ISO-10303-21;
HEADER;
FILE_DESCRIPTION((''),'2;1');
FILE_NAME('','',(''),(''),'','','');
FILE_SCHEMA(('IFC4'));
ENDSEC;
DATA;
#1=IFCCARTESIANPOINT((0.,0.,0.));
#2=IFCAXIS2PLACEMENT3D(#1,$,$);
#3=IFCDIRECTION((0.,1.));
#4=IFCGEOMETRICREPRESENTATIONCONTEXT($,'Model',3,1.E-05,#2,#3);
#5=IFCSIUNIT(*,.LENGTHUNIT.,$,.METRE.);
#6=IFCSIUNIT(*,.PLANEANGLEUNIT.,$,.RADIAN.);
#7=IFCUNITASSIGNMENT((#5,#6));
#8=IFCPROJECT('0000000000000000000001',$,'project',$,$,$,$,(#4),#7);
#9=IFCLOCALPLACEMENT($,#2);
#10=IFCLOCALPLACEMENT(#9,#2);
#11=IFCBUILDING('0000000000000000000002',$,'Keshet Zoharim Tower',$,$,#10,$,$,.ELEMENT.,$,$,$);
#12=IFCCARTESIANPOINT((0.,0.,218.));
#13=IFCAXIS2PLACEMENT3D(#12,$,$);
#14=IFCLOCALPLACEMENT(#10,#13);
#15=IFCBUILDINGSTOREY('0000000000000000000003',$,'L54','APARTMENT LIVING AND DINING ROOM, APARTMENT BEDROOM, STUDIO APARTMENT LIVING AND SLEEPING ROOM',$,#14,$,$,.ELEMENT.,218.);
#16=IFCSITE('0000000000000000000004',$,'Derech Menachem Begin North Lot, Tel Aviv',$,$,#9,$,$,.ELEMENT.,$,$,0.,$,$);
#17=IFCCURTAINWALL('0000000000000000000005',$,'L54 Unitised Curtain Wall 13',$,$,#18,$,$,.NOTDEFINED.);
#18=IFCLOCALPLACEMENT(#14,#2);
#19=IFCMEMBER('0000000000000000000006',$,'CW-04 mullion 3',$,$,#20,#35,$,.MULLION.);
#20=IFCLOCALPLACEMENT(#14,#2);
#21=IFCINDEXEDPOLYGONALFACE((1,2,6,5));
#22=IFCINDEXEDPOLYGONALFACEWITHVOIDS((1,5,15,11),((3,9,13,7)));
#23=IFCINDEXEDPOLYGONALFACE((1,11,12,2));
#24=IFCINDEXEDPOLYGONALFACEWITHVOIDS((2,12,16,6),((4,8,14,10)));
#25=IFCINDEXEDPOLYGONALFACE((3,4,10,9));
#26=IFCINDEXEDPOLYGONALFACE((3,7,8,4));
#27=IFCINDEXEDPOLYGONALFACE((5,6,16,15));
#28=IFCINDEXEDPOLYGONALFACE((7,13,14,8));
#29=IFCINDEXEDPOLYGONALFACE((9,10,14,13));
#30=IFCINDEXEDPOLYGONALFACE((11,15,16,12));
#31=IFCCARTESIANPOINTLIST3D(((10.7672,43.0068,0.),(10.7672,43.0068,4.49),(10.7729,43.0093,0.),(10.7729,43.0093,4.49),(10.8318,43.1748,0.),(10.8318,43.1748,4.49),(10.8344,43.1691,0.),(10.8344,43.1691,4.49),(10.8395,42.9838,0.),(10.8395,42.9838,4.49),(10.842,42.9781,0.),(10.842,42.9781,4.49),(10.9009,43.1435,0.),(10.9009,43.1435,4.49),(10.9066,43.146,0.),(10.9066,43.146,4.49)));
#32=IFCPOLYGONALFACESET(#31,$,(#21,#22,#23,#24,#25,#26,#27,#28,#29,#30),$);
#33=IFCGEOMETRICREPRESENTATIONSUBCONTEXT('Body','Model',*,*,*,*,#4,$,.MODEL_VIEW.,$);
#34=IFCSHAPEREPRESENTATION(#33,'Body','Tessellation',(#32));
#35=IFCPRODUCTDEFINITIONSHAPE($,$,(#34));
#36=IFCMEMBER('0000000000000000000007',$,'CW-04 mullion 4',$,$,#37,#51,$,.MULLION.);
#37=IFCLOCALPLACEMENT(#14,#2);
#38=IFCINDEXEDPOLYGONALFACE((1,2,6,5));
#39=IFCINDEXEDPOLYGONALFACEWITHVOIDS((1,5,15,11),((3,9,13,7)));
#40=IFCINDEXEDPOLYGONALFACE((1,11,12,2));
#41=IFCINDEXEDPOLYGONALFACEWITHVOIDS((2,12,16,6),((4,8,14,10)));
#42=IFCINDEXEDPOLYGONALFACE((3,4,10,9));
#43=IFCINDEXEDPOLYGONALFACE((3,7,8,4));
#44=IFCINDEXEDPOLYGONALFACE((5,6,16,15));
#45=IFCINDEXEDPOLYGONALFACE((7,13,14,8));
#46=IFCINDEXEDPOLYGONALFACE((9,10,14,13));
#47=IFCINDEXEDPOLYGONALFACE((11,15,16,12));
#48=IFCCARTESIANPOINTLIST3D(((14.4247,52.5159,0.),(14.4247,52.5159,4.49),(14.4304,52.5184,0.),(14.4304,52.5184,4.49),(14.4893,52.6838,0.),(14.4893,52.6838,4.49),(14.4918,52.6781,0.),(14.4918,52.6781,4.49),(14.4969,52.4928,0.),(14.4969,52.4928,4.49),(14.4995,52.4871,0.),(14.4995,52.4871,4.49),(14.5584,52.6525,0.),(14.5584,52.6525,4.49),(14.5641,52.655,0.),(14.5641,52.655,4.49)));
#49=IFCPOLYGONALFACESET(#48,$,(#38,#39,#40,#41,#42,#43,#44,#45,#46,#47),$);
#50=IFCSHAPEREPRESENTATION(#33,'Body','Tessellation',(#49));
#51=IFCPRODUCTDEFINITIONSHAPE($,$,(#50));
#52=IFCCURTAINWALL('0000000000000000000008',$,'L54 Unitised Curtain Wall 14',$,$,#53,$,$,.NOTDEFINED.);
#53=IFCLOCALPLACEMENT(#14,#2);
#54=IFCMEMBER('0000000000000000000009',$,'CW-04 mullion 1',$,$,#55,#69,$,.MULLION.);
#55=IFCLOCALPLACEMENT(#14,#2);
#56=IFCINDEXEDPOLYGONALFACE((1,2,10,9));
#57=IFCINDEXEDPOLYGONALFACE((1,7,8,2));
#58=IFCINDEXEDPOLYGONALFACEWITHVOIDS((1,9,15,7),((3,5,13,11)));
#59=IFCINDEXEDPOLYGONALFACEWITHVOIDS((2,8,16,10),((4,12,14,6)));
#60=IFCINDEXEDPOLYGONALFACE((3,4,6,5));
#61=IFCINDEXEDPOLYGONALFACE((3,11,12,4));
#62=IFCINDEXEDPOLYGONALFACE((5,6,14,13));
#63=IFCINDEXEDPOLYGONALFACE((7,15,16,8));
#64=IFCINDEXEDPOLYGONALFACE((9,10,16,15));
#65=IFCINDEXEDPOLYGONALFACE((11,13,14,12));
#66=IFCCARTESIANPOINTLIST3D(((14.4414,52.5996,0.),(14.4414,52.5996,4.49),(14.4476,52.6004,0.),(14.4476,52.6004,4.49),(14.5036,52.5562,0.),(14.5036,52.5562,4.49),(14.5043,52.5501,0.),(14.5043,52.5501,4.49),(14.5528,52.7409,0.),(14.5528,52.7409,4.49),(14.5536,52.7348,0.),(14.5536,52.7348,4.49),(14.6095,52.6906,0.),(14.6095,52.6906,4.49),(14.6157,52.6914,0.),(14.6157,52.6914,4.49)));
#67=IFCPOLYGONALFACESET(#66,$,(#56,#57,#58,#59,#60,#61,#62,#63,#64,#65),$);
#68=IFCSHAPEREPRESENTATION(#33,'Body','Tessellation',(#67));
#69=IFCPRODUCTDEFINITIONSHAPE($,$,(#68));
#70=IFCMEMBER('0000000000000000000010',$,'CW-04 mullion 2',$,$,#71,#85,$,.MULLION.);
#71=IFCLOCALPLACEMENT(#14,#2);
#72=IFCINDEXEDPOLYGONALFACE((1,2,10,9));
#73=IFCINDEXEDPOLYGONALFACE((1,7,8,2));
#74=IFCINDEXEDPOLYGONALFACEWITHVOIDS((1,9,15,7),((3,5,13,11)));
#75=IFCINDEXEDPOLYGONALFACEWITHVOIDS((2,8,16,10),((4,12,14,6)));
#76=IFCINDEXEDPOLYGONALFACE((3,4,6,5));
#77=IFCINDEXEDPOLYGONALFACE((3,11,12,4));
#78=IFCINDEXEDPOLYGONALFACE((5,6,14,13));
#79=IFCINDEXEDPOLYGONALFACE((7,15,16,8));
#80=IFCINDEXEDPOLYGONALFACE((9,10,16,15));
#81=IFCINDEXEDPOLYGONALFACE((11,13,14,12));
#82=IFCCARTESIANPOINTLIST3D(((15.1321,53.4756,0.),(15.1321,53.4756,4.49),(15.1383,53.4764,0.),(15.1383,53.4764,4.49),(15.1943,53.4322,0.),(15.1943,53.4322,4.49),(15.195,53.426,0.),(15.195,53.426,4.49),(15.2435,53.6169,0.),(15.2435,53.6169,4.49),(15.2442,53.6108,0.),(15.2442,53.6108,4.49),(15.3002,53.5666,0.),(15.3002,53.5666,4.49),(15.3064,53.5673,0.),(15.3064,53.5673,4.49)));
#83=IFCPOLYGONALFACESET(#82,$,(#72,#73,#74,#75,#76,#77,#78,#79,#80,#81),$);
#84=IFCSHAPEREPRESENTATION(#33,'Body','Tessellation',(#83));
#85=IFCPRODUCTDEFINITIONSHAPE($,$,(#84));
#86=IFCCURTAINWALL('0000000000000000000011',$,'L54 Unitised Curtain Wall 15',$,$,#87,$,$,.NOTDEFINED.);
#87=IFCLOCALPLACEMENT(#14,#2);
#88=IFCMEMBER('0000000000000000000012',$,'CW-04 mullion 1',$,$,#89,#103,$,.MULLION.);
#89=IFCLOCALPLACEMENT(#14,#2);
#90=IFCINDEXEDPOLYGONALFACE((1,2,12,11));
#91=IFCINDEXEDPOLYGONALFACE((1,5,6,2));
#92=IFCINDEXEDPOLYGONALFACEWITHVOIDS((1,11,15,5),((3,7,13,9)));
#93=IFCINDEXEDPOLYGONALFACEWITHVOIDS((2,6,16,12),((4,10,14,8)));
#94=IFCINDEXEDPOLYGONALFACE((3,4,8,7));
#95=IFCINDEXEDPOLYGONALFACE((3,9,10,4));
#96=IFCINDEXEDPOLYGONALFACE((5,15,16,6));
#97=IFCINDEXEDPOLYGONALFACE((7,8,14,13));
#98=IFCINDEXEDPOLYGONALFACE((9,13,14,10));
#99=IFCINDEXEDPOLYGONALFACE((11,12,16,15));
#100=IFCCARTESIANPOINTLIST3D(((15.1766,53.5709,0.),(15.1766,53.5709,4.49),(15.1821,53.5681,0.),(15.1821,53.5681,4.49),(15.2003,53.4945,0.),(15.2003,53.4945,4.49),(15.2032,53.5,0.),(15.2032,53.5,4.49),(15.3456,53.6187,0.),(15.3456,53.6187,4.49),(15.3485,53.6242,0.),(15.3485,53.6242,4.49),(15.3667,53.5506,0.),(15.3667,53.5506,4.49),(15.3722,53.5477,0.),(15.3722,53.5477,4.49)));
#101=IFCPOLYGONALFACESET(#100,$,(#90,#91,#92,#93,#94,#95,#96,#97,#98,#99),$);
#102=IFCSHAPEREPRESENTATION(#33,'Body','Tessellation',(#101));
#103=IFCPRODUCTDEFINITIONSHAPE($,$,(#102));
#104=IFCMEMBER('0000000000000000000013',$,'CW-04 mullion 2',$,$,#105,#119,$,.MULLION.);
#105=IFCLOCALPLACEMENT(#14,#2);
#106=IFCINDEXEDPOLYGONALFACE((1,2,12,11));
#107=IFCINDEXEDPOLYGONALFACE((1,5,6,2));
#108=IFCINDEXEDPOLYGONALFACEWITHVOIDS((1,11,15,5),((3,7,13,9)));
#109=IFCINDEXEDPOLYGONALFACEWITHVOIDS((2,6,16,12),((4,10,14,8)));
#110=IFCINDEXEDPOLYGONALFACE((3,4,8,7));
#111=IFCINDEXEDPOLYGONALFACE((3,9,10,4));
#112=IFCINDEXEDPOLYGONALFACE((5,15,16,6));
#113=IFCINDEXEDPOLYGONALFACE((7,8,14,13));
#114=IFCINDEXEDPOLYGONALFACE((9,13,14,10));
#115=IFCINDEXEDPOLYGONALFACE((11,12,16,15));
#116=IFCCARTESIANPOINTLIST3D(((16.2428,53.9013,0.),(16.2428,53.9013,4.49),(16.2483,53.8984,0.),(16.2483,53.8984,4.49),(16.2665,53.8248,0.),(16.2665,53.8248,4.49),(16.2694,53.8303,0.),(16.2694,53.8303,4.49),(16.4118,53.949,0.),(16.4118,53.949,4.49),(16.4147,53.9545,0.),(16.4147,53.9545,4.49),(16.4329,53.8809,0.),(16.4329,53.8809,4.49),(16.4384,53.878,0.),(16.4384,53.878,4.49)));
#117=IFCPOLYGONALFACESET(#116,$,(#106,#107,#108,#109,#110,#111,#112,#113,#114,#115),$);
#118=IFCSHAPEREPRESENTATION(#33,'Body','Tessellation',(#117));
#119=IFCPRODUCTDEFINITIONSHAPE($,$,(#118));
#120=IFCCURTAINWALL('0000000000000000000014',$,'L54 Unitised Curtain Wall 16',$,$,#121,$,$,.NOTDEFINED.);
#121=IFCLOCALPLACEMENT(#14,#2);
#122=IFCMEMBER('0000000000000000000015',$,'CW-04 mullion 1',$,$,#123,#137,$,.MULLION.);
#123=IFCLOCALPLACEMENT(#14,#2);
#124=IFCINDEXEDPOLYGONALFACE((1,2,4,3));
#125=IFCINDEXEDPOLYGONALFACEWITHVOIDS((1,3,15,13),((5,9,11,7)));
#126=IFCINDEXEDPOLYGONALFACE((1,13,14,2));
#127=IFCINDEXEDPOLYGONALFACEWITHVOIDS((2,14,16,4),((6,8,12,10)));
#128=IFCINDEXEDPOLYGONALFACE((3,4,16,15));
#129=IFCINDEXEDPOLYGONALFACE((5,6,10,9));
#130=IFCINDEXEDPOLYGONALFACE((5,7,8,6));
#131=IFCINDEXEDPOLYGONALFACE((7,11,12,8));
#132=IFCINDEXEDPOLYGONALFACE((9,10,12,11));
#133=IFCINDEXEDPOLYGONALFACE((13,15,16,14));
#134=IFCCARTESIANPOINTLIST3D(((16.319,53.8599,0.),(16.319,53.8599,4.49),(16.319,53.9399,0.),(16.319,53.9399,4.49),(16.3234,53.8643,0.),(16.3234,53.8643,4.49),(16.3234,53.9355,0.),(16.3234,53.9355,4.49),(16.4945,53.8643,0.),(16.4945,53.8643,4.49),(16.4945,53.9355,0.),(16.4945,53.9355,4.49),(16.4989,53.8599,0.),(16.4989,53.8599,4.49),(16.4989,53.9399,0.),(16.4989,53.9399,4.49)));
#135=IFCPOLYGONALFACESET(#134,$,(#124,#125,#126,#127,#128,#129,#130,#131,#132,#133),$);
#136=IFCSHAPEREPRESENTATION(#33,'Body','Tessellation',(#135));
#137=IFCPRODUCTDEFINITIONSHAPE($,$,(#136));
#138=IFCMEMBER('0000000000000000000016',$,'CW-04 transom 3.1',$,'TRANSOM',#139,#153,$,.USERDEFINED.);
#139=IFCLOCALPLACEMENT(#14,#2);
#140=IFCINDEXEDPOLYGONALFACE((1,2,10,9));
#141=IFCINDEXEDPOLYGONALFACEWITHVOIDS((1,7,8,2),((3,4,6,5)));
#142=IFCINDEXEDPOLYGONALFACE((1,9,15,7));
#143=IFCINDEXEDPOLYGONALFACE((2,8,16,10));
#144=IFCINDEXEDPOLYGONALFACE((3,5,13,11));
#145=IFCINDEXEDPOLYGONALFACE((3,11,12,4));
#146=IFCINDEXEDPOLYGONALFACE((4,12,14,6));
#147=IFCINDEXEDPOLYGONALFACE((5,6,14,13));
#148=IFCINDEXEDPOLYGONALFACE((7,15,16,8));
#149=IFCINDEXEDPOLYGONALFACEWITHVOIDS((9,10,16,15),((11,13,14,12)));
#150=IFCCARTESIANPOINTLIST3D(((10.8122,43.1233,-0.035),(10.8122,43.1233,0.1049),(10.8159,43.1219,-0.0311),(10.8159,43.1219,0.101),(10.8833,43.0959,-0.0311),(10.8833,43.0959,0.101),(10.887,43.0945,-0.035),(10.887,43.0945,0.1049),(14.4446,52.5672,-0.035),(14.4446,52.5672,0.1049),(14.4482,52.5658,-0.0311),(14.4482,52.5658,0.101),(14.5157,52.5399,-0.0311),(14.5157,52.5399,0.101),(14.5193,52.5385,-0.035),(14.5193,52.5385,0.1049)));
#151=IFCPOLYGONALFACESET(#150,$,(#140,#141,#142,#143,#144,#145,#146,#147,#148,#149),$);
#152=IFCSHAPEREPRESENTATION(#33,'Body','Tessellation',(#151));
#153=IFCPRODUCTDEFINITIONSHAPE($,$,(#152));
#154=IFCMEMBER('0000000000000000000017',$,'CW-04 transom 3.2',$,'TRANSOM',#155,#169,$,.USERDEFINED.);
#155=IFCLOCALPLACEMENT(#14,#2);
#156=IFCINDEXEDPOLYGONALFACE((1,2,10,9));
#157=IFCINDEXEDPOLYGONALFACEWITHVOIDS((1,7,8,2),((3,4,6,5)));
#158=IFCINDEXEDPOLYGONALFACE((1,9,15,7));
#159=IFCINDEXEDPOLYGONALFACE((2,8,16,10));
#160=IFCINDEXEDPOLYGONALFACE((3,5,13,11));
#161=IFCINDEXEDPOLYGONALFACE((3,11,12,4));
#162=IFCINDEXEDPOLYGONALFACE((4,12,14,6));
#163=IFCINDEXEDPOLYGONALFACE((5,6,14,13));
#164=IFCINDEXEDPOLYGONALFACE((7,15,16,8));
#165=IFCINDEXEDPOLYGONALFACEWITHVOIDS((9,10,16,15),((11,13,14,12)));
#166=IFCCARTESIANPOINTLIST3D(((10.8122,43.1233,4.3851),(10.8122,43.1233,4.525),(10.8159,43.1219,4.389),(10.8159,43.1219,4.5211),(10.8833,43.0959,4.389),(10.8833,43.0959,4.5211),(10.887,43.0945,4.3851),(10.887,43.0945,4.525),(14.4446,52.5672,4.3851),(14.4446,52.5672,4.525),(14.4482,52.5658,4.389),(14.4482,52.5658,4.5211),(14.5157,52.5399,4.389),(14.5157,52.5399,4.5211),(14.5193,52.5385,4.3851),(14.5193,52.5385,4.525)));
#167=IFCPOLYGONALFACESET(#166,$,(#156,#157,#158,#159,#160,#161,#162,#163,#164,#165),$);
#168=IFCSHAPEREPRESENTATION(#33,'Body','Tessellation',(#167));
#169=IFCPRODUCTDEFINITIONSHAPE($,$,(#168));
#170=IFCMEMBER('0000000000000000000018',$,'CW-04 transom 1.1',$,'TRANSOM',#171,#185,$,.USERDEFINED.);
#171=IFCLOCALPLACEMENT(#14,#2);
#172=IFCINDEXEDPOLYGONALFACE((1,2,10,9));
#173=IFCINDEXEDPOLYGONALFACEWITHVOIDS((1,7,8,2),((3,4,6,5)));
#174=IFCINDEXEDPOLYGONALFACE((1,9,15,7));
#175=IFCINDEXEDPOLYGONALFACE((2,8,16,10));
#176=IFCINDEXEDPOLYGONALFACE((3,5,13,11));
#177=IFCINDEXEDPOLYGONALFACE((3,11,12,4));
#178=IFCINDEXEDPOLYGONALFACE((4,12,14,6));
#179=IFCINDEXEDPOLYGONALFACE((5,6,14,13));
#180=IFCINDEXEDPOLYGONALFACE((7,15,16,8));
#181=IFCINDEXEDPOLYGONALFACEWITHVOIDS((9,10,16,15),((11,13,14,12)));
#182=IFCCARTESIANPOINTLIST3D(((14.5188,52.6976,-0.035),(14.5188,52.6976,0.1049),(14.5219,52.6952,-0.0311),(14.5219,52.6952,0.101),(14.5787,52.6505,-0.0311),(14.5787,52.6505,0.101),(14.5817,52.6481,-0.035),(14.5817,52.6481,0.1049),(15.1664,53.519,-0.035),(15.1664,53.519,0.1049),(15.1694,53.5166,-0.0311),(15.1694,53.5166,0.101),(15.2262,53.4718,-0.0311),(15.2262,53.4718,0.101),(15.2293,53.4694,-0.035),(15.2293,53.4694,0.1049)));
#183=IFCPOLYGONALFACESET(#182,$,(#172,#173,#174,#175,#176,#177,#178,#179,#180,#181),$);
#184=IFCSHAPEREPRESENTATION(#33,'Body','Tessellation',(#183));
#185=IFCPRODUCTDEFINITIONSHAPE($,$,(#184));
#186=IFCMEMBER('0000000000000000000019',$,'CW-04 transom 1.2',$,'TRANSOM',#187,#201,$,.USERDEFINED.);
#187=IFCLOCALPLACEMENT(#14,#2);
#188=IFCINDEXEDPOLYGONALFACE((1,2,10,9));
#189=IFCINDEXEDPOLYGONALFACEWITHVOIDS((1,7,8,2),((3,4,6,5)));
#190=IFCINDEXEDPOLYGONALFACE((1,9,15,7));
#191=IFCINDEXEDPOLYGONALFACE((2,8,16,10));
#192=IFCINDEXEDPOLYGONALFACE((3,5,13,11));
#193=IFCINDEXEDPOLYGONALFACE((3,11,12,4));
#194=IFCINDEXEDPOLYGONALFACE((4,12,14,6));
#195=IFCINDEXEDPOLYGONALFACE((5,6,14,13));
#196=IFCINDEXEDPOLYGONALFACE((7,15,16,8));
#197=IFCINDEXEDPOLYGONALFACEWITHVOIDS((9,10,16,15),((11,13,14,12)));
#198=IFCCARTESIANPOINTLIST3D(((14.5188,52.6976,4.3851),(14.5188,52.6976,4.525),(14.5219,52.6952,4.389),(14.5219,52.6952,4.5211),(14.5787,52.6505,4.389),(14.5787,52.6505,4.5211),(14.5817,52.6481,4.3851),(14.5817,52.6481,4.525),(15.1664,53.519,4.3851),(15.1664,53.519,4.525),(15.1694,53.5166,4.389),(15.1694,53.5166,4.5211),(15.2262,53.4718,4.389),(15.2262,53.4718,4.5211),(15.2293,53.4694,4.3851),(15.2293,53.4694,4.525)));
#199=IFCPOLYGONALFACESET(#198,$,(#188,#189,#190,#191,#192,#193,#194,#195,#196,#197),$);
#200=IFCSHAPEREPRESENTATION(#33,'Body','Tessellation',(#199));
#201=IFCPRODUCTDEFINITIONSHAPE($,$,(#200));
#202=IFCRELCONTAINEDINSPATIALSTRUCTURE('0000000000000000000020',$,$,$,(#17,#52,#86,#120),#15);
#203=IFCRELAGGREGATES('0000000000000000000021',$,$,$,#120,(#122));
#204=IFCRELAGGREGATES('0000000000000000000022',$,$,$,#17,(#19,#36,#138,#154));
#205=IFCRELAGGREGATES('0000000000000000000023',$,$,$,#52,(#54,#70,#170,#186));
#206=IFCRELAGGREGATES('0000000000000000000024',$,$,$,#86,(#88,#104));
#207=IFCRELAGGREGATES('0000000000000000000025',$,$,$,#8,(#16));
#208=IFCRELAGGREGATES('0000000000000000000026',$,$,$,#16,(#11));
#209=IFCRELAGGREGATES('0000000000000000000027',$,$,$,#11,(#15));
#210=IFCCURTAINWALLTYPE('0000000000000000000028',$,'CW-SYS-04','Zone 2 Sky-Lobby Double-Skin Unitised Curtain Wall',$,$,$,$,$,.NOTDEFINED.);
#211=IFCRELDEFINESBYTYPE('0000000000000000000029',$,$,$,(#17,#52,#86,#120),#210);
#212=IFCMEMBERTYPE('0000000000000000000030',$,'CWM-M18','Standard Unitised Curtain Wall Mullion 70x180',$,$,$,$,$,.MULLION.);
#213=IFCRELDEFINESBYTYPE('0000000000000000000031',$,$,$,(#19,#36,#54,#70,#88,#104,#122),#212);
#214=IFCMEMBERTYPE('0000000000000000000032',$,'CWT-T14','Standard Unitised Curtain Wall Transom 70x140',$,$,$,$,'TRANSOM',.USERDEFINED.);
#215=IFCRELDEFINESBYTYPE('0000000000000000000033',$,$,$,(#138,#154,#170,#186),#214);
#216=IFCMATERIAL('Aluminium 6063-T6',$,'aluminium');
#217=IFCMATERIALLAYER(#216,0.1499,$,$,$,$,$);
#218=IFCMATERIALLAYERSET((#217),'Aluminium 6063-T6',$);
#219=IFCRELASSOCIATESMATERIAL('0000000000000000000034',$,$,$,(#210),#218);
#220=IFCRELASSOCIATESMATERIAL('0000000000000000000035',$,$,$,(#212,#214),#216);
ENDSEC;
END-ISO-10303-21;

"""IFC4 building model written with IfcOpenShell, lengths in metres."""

from ifc_helpers import new_model, si_unit, direction, frame, origin, origin_2d, place, context, subcontext, project, spatial, hollow_rectangle, extrude, material, layer, layer_set, material_profile, profile_set, type_object, element, aggregate, save


model = new_model("IFC4")

# Units and contexts
model_context = context("Model", 3, precision=1e-05, world=origin(), true_north=direction((0.0, 1.0)))
body_context = subcontext(model_context, "Body", "Model", "MODEL_VIEW")
ifc_project = project(units=[si_unit("LENGTHUNIT", "METRE"), si_unit("PLANEANGLEUNIT", "RADIAN")], contexts=[model_context])

# Site, building, storey
site_placement = place(None, origin())
site = spatial("IfcSite", under=ifc_project, at=site_placement, Name="Derech Menachem Begin North Lot, Tel Aviv", CompositionType="ELEMENT", RefElevation=0.0)
building_placement = place(site_placement, origin())
building = spatial("IfcBuilding", under=site, at=building_placement, Name="Keshet Zoharim Tower", CompositionType="ELEMENT")
storey_placement = place(building_placement, frame((0.0, 0.0, 218.0)))
storey = spatial("IfcBuildingStorey", under=building, at=storey_placement, Name="L54", Description="APARTMENT LIVING AND DINING ROOM, APARTMENT BEDROOM, STUDIO APARTMENT LIVING AND SLEEPING ROOM", CompositionType="ELEMENT", Elevation=218.0)

# Curtain walls, members
ifc_material_1 = material(Name="Aluminium 6063-T6", Category="aluminium")
ifc_layer_1 = layer(ifc_material_1, 0.1499)
ifc_layer_set_1 = layer_set([ifc_layer_1], Name="Aluminium 6063-T6")
curtain_wall_type = type_object("IfcCurtainWallType", Name="CW-SYS-04", Description="Zone 2 Sky-Lobby Double-Skin Unitised Curtain Wall", PredefinedType="NOTDEFINED", material=ifc_layer_set_1)
curtain_wall_1_placement = place(storey_placement, origin())
curtain_wall_1 = element("IfcCurtainWall", 1, at=curtain_wall_1_placement, inside=storey, type_object=curtain_wall_type, Name="L54 Unitised Curtain Wall 13", PredefinedType="NOTDEFINED")
ifc_material_profile_1 = material_profile(ifc_material_1, hollow_rectangle(XDim=0.0801, YDim=0.1799, WallThickness=0.0044, at=origin_2d()), Name="MUL-80x180")
ifc_profile_set_1 = profile_set([ifc_material_profile_1], Name="Aluminium 6063-T6")
member_type_1 = type_object("IfcMemberType", Name="CWM-M18", Description="Standard Unitised Curtain Wall Mullion 70x180", PredefinedType="MULLION", material=ifc_profile_set_1)
member_1_placement = place(storey_placement, frame((10.8369, 43.0764, 0.0), z_axis=(0.0, 0.0, 1.0), x_axis=(-0.933341, 0.35899, 0.0)))
member_1 = element("IfcMember", 2, at=member_1_placement, type_object=member_type_1, Name="CW-04 mullion 3", PredefinedType="MULLION", context=body_context, shape_type="SweptSolid", body=[
    extrude(hollow_rectangle(XDim=0.0801, YDim=0.1799, WallThickness=0.0044, at=origin_2d()), origin(), (0.0, 0.0, 1.0), 4.49),
])
member_2_placement = place(storey_placement, frame((14.4944, 52.5854, 0.0), z_axis=(0.0, 0.0, 1.0), x_axis=(-0.933341, 0.35899, 0.0)))
member_2 = element("IfcMember", 3, at=member_2_placement, type_object=member_type_1, Name="CW-04 mullion 4", PredefinedType="MULLION", context=body_context, shape_type="SweptSolid", body=[
    extrude(hollow_rectangle(XDim=0.0801, YDim=0.1799, WallThickness=0.0044, at=origin_2d()), origin(), (0.0, 0.0, 1.0), 4.49),
])
curtain_wall_2_placement = place(storey_placement, origin())
curtain_wall_2 = element("IfcCurtainWall", 4, at=curtain_wall_2_placement, inside=storey, type_object=curtain_wall_type, Name="L54 Unitised Curtain Wall 14", PredefinedType="NOTDEFINED")
member_3_placement = place(storey_placement, frame((14.5286, 52.6455, 0.0), z_axis=(0.0, 0.0, 1.0), x_axis=(-0.785293, 0.619125, 0.0)))
member_3 = element("IfcMember", 5, at=member_3_placement, type_object=member_type_1, Name="CW-04 mullion 1", PredefinedType="MULLION", context=body_context, shape_type="SweptSolid", body=[
    extrude(hollow_rectangle(XDim=0.0801, YDim=0.1799, WallThickness=0.0044, at=origin_2d()), origin(), (0.0, 0.0, 1.0), 4.49),
])
member_4_placement = place(storey_placement, frame((15.2192, 53.5215, 0.0), z_axis=(0.0, 0.0, 1.0), x_axis=(-0.785293, 0.619125, 0.0)))
member_4 = element("IfcMember", 6, at=member_4_placement, type_object=member_type_1, Name="CW-04 mullion 2", PredefinedType="MULLION", context=body_context, shape_type="SweptSolid", body=[
    extrude(hollow_rectangle(XDim=0.0801, YDim=0.1799, WallThickness=0.0044, at=origin_2d()), origin(), (0.0, 0.0, 1.0), 4.49),
])
curtain_wall_3_placement = place(storey_placement, origin())
curtain_wall_3 = element("IfcCurtainWall", 7, at=curtain_wall_3_placement, inside=storey, type_object=curtain_wall_type, Name="L54 Unitised Curtain Wall 15", PredefinedType="NOTDEFINED")
member_5_placement = place(storey_placement, frame((15.2744, 53.5593, 0.0), z_axis=(0.0, 0.0, 1.0), x_axis=(-0.295922, 0.955212, 0.0)))
member_5 = element("IfcMember", 8, at=member_5_placement, type_object=member_type_1, Name="CW-04 mullion 1", PredefinedType="MULLION", context=body_context, shape_type="SweptSolid", body=[
    extrude(hollow_rectangle(XDim=0.0801, YDim=0.1799, WallThickness=0.0044, at=origin_2d()), origin(), (0.0, 0.0, 1.0), 4.49),
])
member_6_placement = place(storey_placement, frame((16.3406, 53.8896, 0.0), z_axis=(0.0, 0.0, 1.0), x_axis=(-0.295922, 0.955212, 0.0)))
member_6 = element("IfcMember", 9, at=member_6_placement, type_object=member_type_1, Name="CW-04 mullion 2", PredefinedType="MULLION", context=body_context, shape_type="SweptSolid", body=[
    extrude(hollow_rectangle(XDim=0.0801, YDim=0.1799, WallThickness=0.0044, at=origin_2d()), origin(), (0.0, 0.0, 1.0), 4.49),
])

# Curtain wall, member
curtain_wall_4_placement = place(storey_placement, origin())
curtain_wall_4 = element("IfcCurtainWall", 10, at=curtain_wall_4_placement, inside=storey, type_object=curtain_wall_type, Name="L54 Unitised Curtain Wall 16", PredefinedType="NOTDEFINED")
member_7_placement = place(storey_placement, frame((16.4089, 53.8999, 0.0), z_axis=(0.0, 0.0, 1.0), x_axis=(0.0, 1.0, 0.0)))
member_7 = element("IfcMember", 11, at=member_7_placement, type_object=member_type_1, Name="CW-04 mullion 1", PredefinedType="MULLION", context=body_context, shape_type="SweptSolid", body=[
    extrude(hollow_rectangle(XDim=0.0801, YDim=0.1799, WallThickness=0.0044, at=origin_2d()), origin(), (0.0, 0.0, 1.0), 4.49),
])

# Members
ifc_material_profile_2 = material_profile(ifc_material_1, hollow_rectangle(XDim=0.0801, YDim=0.1399, WallThickness=0.0039, at=origin_2d()), Name="TRN-80x140")
ifc_profile_set_2 = profile_set([ifc_material_profile_2], Name="Aluminium 6063-T6")
member_type_2 = type_object("IfcMemberType", Name="CWT-T14", Description="Standard Unitised Curtain Wall Transom 70x140", ElementType="TRANSOM", PredefinedType="USERDEFINED", material=ifc_profile_set_2)
member_8_placement = place(storey_placement, frame((10.8496, 43.1089, 0.0349), z_axis=(0.358986, 0.933343, 0.0), x_axis=(-0.933343, 0.358986, 0.0)))
member_8 = element("IfcMember", 12, at=member_8_placement, type_object=member_type_2, Name="CW-04 transom 3.1", ObjectType="TRANSOM", PredefinedType="USERDEFINED", context=body_context, shape_type="SweptSolid", body=[
    extrude(hollow_rectangle(XDim=0.0801, YDim=0.1399, WallThickness=0.0039, at=origin_2d()), origin(), (0.0, 0.0, 1.0), 10.1184),
])
member_9_placement = place(storey_placement, frame((10.8496, 43.1089, 4.4551), z_axis=(0.358986, 0.933343, 0.0), x_axis=(-0.933343, 0.358986, 0.0)))
member_9 = element("IfcMember", 13, at=member_9_placement, type_object=member_type_2, Name="CW-04 transom 3.2", ObjectType="TRANSOM", PredefinedType="USERDEFINED", context=body_context, shape_type="SweptSolid", body=[
    extrude(hollow_rectangle(XDim=0.0801, YDim=0.1399, WallThickness=0.0039, at=origin_2d()), origin(), (0.0, 0.0, 1.0), 10.1184),
])
member_10_placement = place(storey_placement, frame((14.5503, 52.6729, 0.0349), z_axis=(0.619099, 0.785313, 0.0), x_axis=(-0.785313, 0.619099, 0.0)))
member_10 = element("IfcMember", 14, at=member_10_placement, type_object=member_type_2, Name="CW-04 transom 1.1", ObjectType="TRANSOM", PredefinedType="USERDEFINED", context=body_context, shape_type="SweptSolid", body=[
    extrude(hollow_rectangle(XDim=0.0801, YDim=0.1399, WallThickness=0.0039, at=origin_2d()), origin(), (0.0, 0.0, 1.0), 1.0459),
])
member_11_placement = place(storey_placement, frame((14.5503, 52.6729, 4.4551), z_axis=(0.619099, 0.785313, 0.0), x_axis=(-0.785313, 0.619099, 0.0)))
member_11 = element("IfcMember", 15, at=member_11_placement, type_object=member_type_2, Name="CW-04 transom 1.2", ObjectType="TRANSOM", PredefinedType="USERDEFINED", context=body_context, shape_type="SweptSolid", body=[
    extrude(hollow_rectangle(XDim=0.0801, YDim=0.1399, WallThickness=0.0039, at=origin_2d()), origin(), (0.0, 0.0, 1.0), 1.0459),
])
aggregate(curtain_wall_4, [member_7])

aggregate(curtain_wall_1, [member_1, member_2, member_8, member_9])
aggregate(curtain_wall_2, [member_3, member_4, member_10, member_11])
aggregate(curtain_wall_3, [member_5, member_6])

save(model, "model.ifc")
